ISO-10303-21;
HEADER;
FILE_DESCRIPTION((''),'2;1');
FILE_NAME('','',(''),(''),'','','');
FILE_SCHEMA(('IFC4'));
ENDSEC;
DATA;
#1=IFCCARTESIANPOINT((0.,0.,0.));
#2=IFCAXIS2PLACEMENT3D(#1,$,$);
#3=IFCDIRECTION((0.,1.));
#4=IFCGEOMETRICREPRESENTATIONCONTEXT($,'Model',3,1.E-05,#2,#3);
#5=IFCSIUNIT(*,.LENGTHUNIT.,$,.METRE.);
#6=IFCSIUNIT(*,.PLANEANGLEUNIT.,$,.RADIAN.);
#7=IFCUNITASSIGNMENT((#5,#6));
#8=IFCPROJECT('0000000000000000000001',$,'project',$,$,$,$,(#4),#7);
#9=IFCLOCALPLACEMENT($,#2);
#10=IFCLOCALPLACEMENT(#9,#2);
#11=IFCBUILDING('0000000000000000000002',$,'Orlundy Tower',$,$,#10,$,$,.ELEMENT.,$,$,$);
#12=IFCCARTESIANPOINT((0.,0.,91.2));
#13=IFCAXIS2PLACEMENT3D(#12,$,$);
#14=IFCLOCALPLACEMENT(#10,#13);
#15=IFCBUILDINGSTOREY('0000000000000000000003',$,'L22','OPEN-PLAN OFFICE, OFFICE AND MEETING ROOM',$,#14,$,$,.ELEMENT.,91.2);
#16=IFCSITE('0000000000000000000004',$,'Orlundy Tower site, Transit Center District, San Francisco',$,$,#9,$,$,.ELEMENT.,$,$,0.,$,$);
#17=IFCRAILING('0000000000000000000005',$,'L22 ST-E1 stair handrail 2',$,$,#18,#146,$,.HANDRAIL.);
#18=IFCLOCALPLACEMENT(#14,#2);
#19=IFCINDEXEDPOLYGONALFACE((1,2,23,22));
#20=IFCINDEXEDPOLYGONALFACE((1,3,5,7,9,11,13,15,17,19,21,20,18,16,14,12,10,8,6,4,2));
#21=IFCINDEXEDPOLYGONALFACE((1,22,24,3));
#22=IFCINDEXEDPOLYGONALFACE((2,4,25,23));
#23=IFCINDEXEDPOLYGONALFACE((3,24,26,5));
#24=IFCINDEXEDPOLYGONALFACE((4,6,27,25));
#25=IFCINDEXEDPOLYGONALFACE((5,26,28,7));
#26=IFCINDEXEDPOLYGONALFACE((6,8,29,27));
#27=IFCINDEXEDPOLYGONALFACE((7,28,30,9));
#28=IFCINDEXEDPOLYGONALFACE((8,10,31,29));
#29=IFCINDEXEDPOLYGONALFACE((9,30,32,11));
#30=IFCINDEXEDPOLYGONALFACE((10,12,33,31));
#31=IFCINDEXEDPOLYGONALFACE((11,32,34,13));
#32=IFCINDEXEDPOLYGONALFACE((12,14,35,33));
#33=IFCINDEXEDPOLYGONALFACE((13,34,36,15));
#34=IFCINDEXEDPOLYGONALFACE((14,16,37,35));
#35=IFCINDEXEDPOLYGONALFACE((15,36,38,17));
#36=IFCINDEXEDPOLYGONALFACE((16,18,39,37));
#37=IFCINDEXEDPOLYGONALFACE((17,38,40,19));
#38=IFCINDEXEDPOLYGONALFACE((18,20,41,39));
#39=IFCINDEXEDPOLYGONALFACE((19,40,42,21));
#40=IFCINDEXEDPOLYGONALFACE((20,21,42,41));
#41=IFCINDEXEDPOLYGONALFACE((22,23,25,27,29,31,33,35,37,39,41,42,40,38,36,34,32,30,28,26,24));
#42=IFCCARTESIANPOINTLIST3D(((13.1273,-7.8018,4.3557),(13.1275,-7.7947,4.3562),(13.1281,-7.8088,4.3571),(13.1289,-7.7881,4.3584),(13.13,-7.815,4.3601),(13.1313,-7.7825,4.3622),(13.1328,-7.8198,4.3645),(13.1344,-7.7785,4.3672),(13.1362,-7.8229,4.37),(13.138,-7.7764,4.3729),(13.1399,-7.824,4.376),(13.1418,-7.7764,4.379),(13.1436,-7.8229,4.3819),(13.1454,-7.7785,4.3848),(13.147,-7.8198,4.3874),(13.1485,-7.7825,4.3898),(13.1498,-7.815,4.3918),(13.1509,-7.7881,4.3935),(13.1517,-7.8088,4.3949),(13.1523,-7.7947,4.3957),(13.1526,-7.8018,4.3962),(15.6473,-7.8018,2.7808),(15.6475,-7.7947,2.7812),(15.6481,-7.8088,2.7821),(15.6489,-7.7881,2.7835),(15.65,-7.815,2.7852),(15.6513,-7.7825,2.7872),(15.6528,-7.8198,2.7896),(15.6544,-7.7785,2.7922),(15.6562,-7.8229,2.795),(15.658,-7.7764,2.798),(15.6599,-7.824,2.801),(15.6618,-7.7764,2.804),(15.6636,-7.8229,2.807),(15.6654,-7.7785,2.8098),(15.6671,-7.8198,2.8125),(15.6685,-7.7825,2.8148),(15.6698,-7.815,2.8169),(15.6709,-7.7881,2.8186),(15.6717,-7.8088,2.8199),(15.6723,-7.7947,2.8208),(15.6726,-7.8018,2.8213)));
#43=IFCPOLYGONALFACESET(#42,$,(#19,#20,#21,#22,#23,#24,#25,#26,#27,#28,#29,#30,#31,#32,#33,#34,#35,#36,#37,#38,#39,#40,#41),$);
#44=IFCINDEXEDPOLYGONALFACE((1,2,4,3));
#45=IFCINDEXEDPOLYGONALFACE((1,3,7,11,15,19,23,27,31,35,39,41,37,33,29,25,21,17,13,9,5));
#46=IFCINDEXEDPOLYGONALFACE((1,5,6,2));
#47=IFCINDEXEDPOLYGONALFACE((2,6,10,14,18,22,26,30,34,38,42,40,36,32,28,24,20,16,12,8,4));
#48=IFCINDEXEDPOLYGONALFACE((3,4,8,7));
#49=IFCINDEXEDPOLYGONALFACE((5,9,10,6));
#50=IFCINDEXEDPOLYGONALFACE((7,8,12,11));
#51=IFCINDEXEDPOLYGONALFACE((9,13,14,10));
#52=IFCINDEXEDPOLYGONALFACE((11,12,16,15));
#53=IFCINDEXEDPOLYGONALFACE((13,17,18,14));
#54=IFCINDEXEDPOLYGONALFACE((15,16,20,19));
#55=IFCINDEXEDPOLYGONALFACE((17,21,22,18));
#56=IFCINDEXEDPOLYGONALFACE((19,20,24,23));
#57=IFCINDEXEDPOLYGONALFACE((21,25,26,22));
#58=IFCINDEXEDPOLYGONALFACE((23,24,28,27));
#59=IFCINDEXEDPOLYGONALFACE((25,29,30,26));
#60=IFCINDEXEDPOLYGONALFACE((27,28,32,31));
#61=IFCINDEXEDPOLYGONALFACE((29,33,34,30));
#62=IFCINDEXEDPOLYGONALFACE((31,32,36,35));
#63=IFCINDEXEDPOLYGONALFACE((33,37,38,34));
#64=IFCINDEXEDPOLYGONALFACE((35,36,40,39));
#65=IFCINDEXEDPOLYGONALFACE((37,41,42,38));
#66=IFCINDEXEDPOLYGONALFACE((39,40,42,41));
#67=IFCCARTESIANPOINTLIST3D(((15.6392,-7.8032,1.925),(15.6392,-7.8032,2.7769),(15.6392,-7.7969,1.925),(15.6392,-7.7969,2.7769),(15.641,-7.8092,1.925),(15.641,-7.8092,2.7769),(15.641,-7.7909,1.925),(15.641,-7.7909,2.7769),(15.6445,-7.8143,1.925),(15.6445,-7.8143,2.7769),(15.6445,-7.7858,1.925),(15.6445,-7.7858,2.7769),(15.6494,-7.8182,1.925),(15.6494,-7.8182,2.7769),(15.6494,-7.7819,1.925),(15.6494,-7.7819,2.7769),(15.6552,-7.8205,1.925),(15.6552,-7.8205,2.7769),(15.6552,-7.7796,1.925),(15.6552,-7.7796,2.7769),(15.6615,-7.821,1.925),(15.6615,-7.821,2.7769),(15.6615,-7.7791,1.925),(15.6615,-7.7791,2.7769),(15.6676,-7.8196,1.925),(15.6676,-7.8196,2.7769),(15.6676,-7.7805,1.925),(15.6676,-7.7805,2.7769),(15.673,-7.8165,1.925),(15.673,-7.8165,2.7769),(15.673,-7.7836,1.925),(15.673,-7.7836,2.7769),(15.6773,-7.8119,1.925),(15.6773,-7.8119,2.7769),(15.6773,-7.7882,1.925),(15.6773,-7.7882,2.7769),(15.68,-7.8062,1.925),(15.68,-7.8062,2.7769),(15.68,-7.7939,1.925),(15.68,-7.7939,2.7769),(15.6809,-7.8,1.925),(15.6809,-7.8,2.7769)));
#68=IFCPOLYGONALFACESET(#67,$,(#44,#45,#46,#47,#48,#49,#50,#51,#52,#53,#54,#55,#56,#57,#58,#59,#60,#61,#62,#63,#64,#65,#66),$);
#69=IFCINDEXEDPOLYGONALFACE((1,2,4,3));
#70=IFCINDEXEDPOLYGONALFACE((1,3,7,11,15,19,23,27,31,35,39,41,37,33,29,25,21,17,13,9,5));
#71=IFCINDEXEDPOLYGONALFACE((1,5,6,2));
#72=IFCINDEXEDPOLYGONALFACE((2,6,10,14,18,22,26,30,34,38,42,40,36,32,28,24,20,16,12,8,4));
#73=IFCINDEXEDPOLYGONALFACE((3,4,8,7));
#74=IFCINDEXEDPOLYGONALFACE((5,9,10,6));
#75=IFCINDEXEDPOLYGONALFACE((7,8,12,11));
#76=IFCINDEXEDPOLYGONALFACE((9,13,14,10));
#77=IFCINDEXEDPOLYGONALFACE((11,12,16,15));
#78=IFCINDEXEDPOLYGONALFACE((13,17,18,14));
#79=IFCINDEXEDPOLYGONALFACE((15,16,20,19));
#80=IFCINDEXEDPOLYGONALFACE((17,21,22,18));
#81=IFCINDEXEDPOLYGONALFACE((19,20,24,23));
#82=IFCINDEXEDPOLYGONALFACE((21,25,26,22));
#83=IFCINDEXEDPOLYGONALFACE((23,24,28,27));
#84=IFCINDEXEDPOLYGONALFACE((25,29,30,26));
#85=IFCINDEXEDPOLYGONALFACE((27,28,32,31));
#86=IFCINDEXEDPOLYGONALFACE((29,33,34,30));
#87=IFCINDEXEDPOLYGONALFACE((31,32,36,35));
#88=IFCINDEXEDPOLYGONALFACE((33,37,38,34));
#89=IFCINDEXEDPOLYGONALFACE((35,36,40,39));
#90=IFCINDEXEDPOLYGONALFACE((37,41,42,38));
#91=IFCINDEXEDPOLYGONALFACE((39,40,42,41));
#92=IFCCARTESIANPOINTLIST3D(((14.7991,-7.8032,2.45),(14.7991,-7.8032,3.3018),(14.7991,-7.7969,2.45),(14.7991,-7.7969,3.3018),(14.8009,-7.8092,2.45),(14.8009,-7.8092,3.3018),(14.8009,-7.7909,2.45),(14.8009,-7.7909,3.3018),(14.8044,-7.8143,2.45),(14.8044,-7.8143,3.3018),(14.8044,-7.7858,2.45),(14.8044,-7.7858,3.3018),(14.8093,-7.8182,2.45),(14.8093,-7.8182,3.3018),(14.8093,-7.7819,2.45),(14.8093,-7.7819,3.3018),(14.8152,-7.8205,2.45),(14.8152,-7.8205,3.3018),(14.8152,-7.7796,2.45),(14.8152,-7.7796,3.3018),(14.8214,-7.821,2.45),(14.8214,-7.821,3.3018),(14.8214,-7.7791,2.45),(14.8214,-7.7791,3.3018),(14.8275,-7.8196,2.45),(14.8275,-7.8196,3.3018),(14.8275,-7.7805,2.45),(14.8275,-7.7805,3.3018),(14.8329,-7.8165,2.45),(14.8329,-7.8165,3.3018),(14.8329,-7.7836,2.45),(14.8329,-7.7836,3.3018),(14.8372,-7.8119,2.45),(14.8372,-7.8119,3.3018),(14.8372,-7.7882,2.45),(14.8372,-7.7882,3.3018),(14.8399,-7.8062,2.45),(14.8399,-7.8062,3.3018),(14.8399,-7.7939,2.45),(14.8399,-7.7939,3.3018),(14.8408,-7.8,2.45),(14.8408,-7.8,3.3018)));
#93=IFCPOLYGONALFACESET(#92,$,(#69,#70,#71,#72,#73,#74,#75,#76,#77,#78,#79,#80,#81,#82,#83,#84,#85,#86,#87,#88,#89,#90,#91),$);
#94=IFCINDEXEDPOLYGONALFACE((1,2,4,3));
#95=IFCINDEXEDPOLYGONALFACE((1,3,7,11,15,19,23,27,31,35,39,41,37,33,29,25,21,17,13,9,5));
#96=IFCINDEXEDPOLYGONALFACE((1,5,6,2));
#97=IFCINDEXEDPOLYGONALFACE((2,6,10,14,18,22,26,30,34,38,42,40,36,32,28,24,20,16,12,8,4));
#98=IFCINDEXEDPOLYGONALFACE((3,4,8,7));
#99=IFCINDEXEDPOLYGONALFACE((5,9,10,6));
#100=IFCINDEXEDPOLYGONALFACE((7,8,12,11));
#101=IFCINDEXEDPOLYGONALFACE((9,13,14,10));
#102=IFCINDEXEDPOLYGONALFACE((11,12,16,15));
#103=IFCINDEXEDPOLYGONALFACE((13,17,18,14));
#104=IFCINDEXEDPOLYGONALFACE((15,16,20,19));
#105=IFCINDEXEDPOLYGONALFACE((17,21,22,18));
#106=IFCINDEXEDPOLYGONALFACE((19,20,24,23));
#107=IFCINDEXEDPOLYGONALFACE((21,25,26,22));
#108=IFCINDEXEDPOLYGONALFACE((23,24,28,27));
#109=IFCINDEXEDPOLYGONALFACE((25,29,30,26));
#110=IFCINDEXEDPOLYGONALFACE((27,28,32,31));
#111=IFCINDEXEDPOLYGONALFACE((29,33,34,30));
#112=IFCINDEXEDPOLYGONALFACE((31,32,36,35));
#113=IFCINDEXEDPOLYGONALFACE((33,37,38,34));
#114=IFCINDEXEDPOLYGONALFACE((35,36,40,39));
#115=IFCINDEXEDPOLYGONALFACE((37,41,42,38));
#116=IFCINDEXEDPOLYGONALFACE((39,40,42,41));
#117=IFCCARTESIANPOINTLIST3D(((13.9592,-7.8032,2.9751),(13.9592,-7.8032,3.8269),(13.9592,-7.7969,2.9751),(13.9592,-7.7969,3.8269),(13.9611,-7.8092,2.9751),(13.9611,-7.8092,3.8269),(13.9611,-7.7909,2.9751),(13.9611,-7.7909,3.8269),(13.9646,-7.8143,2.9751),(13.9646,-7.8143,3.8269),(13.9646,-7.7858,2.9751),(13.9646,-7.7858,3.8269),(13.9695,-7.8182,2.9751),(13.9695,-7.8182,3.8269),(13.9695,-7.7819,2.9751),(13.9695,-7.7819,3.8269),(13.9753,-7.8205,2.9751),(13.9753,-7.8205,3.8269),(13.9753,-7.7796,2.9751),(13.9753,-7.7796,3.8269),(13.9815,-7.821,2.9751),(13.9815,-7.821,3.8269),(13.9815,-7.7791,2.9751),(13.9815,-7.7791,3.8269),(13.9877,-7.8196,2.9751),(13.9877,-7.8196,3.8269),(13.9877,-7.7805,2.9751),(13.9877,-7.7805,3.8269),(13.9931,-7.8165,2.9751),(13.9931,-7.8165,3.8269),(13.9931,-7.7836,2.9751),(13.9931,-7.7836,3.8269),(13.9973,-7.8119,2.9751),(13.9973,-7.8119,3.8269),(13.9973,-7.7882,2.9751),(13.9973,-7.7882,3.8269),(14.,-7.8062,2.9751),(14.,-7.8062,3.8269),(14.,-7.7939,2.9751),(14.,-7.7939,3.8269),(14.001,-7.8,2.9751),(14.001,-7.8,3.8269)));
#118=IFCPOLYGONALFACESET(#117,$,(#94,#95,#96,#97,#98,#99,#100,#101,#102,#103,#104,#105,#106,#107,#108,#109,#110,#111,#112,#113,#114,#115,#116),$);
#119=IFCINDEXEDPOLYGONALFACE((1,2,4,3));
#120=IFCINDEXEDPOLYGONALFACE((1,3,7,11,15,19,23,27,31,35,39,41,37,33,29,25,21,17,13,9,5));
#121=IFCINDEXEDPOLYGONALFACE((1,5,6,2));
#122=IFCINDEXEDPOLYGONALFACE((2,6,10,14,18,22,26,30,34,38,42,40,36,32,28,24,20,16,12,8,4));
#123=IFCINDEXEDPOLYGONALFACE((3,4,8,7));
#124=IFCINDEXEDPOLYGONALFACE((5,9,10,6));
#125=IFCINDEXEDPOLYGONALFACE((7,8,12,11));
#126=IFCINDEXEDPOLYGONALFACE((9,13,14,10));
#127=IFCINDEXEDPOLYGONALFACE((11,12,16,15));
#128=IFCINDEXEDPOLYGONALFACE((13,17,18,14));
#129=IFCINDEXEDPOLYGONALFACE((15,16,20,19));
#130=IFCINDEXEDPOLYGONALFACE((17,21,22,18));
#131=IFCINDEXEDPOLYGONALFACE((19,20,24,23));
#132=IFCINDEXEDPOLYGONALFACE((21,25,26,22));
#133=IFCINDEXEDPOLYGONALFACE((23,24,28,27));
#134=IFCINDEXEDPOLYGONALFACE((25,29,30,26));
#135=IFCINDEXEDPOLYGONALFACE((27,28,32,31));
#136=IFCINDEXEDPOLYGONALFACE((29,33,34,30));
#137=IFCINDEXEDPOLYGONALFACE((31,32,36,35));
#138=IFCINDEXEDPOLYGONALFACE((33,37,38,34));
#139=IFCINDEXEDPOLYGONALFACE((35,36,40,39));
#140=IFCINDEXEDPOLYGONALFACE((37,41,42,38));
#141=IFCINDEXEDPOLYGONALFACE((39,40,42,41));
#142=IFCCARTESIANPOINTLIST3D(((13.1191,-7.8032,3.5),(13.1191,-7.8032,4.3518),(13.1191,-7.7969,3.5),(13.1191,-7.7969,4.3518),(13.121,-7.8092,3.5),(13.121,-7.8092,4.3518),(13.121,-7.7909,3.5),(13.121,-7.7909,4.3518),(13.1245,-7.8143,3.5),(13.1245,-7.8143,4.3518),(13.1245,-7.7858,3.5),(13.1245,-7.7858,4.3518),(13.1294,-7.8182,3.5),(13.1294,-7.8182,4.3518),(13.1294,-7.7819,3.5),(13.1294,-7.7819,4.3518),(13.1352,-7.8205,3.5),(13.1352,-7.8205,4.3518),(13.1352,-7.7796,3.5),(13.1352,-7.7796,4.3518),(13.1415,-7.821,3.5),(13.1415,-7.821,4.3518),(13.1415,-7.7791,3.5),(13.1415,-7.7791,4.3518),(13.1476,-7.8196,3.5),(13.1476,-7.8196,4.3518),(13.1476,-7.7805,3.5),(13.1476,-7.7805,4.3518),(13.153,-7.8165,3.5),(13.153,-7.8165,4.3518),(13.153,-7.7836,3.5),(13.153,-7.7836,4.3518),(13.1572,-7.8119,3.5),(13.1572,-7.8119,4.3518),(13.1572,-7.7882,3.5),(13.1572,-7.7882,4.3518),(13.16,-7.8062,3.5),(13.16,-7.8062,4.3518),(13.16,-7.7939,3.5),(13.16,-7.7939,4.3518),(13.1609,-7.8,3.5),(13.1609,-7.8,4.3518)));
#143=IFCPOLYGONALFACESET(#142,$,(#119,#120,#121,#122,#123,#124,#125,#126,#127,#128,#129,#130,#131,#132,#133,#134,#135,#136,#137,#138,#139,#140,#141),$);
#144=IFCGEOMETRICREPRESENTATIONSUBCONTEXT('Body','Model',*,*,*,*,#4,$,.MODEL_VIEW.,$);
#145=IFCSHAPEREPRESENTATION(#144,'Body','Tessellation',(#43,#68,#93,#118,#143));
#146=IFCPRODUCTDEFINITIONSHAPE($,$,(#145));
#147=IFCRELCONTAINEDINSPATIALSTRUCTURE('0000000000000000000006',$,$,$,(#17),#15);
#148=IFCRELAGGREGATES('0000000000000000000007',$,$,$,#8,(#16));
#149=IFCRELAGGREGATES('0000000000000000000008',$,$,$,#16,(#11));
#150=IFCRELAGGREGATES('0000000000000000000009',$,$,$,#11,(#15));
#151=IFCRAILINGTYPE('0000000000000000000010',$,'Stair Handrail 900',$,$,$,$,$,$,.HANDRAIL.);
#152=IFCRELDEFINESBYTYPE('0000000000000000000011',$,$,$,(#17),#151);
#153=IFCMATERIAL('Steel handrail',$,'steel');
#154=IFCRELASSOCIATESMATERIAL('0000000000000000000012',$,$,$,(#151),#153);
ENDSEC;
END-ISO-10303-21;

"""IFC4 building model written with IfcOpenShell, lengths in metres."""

from ifc_helpers import new_model, si_unit, direction, frame, origin, origin_2d, place, context, subcontext, project, spatial, circle, extrude, material, type_object, element, save


model = new_model("IFC4")

# Units and contexts
model_context = context("Model", 3, precision=1e-05, world=origin(), true_north=direction((0.0, 1.0)))
body_context = subcontext(model_context, "Body", "Model", "MODEL_VIEW")
ifc_project = project(units=[si_unit("LENGTHUNIT", "METRE"), si_unit("PLANEANGLEUNIT", "RADIAN")], contexts=[model_context])

# Site, building, storey
site_placement = place(None, origin())
site = spatial("IfcSite", under=ifc_project, at=site_placement, Name="Orlundy Tower site, Transit Center District, San Francisco", CompositionType="ELEMENT", RefElevation=0.0)
building_placement = place(site_placement, origin())
building = spatial("IfcBuilding", under=site, at=building_placement, Name="Orlundy Tower", CompositionType="ELEMENT")
storey_placement = place(building_placement, frame((0.0, 0.0, 91.2)))
storey = spatial("IfcBuildingStorey", under=building, at=storey_placement, Name="L22", Description="OPEN-PLAN OFFICE, OFFICE AND MEETING ROOM", CompositionType="ELEMENT", Elevation=91.2)

# Railing
ifc_material_1 = material(Name="Steel handrail", Category="steel")
railing_type_1 = type_object("IfcRailingType", Name="Stair Handrail 900", PredefinedType="HANDRAIL", material=ifc_material_1)
railing_1_placement = place(storey_placement, frame((15.6599, -7.8, 1.925)))
element("IfcRailing", 1, at=railing_1_placement, inside=storey, type_object=railing_type_1, Name="L22 ST-E1 stair handrail 2", PredefinedType="HANDRAIL", context=body_context, shape_type="SweptSolid", body=[
    extrude(circle(Radius=0.0239, at=origin_2d()), frame((0.0, 0.0, 0.876), z_axis=(-0.848008, 0.0, 0.529984), x_axis=(0.0, -1.0, 0.0)), (0.0, 0.0, 1.0), 2.9717),
    extrude(circle(Radius=0.021, at=origin_2d()), origin(), (0.0, 0.0, 1.0), 0.8518),
    extrude(circle(Radius=0.021, at=origin_2d()), frame((-0.8401, 0.0, 0.5249)), (0.0, 0.0, 1.0), 0.8518),
    extrude(circle(Radius=0.021, at=origin_2d()), frame((-1.6799, 0.0, 1.05)), (0.0, 0.0, 1.0), 0.8518),
    extrude(circle(Radius=0.021, at=origin_2d()), frame((-2.52, 0.0, 1.575)), (0.0, 0.0, 1.0), 0.8518),
])

save(model, "model.ifc")
